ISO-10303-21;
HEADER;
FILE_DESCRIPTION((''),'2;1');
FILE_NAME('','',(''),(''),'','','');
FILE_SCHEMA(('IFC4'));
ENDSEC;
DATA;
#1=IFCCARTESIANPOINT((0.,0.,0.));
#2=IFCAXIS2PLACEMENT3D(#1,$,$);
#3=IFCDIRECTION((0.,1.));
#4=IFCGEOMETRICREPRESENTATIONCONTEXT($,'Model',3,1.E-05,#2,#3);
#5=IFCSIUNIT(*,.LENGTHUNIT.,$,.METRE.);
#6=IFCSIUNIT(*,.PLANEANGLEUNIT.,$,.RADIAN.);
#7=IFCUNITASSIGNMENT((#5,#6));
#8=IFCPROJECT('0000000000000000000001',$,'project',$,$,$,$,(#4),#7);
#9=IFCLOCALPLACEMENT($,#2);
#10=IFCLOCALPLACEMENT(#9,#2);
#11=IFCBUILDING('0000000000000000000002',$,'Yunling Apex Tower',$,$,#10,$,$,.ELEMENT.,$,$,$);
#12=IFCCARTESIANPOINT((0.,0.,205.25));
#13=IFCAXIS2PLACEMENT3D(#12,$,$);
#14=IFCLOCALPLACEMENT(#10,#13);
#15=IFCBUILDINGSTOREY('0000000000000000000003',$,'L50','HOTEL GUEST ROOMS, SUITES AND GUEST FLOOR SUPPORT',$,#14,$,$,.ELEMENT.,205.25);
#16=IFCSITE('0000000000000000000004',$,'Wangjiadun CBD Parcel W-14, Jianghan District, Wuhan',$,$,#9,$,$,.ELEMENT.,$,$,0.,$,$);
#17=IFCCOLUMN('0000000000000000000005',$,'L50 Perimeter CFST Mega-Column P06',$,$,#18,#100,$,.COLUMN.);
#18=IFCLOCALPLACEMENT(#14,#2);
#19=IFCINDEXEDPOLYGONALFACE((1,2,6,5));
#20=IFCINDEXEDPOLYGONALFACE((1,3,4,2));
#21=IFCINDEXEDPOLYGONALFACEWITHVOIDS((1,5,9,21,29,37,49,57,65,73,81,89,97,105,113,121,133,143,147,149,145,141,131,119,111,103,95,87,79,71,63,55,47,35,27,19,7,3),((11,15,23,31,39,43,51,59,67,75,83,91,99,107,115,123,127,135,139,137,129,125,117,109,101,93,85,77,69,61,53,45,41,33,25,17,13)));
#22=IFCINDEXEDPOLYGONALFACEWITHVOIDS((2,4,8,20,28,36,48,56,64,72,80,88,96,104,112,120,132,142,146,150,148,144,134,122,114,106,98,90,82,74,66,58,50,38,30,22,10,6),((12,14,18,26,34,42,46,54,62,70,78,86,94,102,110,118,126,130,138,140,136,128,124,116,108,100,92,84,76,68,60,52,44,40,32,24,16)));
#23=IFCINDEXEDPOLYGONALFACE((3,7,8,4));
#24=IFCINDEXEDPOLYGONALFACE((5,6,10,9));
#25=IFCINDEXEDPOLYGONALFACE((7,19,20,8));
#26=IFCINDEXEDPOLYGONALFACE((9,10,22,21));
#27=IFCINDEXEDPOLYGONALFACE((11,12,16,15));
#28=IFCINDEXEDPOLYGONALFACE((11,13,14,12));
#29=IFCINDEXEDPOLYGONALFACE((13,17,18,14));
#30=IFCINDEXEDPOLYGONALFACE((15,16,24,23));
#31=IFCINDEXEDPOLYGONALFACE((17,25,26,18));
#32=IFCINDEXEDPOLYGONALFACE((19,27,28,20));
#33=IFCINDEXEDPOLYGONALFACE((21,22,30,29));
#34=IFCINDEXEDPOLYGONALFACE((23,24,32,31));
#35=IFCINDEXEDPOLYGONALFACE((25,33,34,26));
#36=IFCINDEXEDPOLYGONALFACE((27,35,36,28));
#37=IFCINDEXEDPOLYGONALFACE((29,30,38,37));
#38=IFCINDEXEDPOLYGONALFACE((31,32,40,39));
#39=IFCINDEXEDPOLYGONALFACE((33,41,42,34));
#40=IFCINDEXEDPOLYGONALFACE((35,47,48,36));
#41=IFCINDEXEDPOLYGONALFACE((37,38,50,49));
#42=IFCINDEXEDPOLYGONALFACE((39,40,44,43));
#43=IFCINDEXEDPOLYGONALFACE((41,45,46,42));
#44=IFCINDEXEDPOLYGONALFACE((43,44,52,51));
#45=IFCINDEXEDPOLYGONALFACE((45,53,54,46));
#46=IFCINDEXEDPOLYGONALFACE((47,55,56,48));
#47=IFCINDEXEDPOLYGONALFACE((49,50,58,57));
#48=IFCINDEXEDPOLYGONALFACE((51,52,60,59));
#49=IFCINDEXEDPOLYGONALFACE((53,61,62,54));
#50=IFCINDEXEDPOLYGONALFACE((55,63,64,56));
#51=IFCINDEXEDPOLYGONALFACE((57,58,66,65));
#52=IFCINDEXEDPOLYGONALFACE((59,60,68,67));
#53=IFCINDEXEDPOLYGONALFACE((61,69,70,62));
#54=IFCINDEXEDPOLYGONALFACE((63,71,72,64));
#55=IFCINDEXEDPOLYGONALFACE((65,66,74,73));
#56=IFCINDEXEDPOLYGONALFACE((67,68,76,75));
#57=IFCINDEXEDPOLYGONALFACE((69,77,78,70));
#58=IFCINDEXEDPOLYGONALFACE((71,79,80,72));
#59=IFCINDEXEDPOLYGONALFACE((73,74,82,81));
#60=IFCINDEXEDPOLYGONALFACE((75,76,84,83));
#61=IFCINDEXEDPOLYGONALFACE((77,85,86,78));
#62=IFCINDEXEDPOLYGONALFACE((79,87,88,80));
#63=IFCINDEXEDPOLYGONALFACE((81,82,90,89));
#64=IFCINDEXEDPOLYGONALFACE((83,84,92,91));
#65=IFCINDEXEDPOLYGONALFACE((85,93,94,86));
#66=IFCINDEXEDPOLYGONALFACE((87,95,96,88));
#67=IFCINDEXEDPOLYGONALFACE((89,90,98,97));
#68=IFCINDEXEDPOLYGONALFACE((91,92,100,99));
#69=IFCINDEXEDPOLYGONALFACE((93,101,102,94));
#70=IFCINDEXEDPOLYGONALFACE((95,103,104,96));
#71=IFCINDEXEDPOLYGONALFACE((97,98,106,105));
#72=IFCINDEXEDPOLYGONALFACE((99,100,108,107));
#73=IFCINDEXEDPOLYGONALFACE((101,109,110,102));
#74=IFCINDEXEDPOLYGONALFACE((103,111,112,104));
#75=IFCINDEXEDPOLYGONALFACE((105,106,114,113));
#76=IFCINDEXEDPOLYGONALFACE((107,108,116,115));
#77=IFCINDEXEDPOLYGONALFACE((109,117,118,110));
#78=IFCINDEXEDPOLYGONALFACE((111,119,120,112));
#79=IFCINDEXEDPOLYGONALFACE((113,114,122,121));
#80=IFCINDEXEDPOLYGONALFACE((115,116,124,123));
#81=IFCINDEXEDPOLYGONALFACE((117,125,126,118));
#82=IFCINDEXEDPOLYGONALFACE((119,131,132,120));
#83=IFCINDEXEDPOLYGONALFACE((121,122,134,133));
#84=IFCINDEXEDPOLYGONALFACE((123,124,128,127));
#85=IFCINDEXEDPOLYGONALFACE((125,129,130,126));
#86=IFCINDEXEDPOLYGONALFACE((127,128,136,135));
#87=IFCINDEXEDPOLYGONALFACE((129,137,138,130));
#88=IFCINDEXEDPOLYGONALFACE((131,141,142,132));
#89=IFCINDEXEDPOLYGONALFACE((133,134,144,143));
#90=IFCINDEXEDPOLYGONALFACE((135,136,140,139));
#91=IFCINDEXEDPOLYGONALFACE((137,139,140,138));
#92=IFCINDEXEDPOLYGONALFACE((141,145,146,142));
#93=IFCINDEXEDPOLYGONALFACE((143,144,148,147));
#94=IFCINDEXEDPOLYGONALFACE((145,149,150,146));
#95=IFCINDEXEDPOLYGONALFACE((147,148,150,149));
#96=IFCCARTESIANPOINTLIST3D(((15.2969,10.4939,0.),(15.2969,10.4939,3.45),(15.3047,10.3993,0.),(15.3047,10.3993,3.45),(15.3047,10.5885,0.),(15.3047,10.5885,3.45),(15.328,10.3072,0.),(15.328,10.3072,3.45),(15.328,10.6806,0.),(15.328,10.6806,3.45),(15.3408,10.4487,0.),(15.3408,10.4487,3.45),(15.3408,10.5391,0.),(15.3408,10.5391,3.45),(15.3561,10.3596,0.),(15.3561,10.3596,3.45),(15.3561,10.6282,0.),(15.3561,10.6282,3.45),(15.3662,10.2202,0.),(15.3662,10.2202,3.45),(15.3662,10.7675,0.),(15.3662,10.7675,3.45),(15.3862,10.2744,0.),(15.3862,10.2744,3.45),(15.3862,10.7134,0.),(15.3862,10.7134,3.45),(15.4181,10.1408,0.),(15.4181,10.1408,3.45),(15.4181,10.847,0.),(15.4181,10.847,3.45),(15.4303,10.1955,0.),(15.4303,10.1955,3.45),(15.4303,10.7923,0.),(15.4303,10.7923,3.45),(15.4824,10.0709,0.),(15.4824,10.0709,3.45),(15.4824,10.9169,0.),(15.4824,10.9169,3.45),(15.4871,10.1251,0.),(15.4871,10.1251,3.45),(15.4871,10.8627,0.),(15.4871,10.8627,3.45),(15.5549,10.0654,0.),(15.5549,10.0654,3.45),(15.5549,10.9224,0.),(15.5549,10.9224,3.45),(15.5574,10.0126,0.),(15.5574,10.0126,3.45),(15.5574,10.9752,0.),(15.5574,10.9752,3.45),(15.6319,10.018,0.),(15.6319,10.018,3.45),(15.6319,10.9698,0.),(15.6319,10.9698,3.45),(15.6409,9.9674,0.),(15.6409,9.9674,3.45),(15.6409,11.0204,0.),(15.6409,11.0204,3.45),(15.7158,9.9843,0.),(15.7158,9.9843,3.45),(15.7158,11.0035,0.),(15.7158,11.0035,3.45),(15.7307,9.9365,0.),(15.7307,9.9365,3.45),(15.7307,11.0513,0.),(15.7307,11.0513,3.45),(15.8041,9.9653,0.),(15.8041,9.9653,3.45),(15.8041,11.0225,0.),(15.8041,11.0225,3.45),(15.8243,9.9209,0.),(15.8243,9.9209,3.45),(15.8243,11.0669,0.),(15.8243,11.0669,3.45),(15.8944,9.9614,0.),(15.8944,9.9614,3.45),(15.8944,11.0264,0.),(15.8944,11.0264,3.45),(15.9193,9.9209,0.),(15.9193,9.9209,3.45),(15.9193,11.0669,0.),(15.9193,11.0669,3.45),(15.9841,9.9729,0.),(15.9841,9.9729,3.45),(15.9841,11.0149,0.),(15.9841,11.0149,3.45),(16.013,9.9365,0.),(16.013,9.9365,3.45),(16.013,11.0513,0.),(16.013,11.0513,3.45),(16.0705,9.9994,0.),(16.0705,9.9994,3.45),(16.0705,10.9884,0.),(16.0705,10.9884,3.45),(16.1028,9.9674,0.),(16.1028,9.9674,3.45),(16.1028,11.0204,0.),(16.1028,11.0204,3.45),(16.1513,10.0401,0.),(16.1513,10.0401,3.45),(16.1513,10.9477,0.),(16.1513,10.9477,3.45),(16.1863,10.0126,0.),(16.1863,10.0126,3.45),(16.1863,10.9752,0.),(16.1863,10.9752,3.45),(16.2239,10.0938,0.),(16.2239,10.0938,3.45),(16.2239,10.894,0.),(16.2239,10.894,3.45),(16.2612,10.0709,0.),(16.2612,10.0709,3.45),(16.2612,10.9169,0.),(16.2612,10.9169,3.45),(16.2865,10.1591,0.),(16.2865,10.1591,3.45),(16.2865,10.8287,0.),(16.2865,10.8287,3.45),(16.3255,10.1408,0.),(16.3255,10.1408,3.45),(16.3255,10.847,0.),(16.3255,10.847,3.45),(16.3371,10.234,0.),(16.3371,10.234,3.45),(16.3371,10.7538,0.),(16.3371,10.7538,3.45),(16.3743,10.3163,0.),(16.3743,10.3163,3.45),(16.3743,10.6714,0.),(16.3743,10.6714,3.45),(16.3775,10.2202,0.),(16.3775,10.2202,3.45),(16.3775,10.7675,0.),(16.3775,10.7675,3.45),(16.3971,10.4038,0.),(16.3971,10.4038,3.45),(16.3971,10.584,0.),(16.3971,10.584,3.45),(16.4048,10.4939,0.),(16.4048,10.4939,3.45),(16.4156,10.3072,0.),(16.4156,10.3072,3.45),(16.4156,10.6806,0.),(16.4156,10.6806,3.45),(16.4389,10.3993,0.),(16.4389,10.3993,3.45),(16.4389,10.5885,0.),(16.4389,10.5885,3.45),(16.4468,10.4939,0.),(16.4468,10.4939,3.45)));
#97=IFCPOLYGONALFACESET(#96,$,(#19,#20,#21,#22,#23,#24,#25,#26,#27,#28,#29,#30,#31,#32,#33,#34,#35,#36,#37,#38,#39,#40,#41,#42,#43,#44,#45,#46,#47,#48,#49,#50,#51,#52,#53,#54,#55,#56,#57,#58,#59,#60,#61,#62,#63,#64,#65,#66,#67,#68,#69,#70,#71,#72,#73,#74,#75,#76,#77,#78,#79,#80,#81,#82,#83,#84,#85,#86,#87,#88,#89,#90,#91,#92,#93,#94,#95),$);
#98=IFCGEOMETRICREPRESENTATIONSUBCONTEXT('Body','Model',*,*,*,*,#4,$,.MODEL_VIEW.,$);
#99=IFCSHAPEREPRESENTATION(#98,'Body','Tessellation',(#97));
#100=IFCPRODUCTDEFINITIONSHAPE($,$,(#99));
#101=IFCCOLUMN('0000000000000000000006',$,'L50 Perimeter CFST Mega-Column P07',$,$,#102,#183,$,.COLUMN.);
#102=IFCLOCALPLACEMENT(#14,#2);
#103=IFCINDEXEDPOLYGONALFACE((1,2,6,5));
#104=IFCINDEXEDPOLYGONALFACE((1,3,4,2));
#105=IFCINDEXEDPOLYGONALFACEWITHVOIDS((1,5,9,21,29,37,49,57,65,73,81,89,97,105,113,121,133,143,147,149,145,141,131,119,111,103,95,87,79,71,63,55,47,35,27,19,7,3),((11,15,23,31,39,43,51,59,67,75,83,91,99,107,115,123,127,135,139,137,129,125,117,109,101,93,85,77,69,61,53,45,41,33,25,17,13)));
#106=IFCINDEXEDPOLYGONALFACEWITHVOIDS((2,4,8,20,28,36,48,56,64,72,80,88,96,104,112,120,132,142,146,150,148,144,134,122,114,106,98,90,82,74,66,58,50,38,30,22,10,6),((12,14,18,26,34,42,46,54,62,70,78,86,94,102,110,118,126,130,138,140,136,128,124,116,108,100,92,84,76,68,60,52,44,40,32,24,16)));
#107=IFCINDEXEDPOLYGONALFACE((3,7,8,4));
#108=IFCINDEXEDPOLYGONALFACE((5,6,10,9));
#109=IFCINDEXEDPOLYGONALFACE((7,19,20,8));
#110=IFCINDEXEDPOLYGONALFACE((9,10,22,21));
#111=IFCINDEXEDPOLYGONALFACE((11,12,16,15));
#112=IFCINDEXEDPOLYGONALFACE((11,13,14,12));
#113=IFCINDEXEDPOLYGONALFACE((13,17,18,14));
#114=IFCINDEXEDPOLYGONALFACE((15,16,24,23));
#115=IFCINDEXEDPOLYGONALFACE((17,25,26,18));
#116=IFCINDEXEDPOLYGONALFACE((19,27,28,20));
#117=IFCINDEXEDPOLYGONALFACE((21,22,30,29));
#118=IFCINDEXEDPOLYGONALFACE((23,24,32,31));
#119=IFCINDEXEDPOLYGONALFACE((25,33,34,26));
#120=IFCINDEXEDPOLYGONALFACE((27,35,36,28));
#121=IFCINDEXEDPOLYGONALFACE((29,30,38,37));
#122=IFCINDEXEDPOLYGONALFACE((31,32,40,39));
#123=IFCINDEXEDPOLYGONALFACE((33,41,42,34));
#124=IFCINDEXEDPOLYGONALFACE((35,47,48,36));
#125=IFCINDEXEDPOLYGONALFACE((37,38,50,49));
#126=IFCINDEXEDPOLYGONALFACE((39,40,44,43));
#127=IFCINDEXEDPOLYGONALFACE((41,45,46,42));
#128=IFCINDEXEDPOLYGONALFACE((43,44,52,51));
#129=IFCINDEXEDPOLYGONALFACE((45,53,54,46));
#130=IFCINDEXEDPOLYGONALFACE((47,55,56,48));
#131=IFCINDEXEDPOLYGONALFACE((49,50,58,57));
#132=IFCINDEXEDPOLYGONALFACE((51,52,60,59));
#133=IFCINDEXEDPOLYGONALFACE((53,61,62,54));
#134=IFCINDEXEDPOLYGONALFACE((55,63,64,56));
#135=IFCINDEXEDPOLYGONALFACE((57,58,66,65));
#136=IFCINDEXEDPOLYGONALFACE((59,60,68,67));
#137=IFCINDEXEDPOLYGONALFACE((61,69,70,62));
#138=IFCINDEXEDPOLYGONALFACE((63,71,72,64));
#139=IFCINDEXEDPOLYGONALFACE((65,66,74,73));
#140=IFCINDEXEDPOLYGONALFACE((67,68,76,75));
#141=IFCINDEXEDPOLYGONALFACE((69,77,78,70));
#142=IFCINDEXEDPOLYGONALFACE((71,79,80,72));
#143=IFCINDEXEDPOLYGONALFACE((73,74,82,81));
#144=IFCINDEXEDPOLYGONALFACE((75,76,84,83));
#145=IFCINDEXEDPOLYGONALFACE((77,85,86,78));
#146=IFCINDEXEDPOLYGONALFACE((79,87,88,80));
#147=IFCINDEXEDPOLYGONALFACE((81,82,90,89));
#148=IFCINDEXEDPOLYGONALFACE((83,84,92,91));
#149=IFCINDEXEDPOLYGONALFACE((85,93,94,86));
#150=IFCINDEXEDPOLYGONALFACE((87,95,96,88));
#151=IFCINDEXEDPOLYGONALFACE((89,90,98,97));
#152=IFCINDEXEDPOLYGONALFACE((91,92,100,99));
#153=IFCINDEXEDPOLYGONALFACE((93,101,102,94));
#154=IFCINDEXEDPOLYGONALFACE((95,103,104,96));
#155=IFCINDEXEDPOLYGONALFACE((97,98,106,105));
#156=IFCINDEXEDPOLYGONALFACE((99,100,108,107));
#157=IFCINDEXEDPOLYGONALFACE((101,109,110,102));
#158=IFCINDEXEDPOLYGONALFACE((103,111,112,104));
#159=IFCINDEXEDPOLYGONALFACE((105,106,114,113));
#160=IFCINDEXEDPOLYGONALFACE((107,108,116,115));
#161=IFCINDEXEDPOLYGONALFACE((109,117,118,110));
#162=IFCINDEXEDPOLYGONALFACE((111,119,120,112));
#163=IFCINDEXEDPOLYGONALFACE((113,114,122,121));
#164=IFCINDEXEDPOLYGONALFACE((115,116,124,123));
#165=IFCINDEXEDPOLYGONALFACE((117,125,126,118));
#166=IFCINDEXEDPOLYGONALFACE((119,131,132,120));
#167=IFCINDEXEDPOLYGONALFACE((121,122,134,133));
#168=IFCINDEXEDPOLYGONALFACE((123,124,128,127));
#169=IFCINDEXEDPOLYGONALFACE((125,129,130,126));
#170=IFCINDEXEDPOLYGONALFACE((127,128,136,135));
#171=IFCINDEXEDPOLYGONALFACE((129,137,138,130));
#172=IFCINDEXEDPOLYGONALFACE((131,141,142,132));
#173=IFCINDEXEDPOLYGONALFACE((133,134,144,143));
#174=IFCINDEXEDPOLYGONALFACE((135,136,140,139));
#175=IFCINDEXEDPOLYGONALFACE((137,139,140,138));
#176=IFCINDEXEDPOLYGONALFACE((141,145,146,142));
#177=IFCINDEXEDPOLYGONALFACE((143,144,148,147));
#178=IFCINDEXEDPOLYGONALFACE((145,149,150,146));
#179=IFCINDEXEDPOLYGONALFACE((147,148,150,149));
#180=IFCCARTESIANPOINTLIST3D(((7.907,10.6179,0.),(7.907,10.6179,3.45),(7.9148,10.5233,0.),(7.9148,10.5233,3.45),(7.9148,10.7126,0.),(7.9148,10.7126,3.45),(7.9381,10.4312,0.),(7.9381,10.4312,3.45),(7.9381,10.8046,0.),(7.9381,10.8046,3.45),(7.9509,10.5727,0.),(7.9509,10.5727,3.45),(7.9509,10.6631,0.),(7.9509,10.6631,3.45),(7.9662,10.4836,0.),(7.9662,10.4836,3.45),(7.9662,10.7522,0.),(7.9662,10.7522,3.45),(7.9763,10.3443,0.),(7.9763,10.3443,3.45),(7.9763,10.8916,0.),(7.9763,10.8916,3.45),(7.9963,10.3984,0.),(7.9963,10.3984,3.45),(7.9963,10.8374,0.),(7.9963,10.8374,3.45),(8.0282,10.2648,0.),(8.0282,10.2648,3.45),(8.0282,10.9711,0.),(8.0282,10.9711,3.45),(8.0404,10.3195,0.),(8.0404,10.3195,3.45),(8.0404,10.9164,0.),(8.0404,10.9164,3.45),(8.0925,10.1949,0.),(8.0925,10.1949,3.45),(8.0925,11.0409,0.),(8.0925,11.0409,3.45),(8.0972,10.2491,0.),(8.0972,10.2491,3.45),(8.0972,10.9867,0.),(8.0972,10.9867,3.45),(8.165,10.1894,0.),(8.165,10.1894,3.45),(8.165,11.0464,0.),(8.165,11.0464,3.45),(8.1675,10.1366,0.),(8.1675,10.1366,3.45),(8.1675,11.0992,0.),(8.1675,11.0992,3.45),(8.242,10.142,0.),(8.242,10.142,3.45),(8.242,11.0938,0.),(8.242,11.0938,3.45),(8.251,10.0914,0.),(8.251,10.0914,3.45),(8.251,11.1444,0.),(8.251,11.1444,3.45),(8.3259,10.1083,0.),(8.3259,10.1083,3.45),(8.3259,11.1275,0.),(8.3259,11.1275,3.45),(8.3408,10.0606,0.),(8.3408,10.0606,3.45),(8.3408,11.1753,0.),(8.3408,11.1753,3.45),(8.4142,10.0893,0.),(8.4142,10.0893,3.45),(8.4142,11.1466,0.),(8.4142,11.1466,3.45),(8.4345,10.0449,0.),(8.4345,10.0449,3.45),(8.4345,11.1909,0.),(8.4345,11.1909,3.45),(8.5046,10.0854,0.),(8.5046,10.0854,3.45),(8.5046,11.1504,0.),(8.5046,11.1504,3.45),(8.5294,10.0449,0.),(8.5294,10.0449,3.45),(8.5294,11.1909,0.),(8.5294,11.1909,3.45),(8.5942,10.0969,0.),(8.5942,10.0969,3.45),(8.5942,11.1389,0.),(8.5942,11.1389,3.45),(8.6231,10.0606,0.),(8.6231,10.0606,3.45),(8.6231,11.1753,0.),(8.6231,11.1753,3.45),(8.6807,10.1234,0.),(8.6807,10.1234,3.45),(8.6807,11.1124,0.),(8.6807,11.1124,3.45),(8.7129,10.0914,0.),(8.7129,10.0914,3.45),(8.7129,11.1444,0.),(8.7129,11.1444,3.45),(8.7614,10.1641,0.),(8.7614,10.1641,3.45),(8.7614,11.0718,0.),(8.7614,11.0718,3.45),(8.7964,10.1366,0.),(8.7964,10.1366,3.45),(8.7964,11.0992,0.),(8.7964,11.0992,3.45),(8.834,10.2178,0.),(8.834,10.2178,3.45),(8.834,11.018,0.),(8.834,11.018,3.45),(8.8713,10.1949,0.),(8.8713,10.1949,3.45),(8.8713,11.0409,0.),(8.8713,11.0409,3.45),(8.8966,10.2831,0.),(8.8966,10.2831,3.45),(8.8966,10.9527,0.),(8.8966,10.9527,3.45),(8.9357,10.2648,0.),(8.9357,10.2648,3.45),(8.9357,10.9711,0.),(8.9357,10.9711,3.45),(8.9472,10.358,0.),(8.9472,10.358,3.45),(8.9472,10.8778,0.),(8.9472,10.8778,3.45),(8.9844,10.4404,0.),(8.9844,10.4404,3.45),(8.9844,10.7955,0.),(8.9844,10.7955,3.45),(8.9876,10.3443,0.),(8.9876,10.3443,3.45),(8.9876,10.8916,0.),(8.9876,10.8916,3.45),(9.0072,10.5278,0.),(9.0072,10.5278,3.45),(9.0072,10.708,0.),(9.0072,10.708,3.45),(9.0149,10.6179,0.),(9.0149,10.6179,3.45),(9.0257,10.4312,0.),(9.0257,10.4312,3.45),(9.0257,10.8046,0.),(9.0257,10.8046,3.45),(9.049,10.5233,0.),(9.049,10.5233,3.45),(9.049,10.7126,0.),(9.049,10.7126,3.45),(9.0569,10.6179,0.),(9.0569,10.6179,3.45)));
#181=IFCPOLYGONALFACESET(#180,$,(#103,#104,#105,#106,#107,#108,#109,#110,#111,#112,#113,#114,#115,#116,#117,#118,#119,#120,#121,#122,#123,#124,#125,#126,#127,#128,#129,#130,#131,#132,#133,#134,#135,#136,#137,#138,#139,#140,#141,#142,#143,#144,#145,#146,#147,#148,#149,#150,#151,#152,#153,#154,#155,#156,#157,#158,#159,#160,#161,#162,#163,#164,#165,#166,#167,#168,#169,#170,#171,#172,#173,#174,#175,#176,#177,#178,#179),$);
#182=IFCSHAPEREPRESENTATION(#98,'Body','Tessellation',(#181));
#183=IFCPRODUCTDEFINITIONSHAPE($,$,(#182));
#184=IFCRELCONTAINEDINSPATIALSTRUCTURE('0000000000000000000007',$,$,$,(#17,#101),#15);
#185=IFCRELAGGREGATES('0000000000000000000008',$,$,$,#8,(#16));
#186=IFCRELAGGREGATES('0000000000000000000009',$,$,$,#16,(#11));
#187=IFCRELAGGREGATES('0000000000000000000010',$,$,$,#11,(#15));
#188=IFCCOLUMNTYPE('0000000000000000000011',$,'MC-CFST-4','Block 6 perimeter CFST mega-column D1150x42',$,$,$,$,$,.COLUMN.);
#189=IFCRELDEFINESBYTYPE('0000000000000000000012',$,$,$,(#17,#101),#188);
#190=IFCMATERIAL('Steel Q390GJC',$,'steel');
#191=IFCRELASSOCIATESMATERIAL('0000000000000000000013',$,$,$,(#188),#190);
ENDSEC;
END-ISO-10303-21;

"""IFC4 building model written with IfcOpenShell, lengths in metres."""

from ifc_helpers import new_model, si_unit, direction, frame, origin, origin_2d, place, context, subcontext, project, spatial, hollow_circle, extrude, source, transform, mapped, material, material_profile, profile_set, type_object, element, save


model = new_model("IFC4")

# Units and contexts
model_context = context("Model", 3, precision=1e-05, world=origin(), true_north=direction((0.0, 1.0)))
body_context = subcontext(model_context, "Body", "Model", "MODEL_VIEW")
ifc_project = project(units=[si_unit("LENGTHUNIT", "METRE"), si_unit("PLANEANGLEUNIT", "RADIAN")], contexts=[model_context])

# Site, building, storey
site_placement = place(None, origin())
site = spatial("IfcSite", under=ifc_project, at=site_placement, Name="Wangjiadun CBD Parcel W-14, Jianghan District, Wuhan", CompositionType="ELEMENT", RefElevation=0.0)
building_placement = place(site_placement, origin())
building = spatial("IfcBuilding", under=site, at=building_placement, Name="Yunling Apex Tower", CompositionType="ELEMENT")
storey_placement = place(building_placement, frame((0.0, 0.0, 205.25)))
storey = spatial("IfcBuildingStorey", under=building, at=storey_placement, Name="L50", Description="HOTEL GUEST ROOMS, SUITES AND GUEST FLOOR SUPPORT", CompositionType="ELEMENT", Elevation=205.25)

# Columns
ifc_material_1 = material(Name="Steel Q390GJC", Category="steel")
ifc_material_profile_1 = material_profile(ifc_material_1, hollow_circle(Radius=0.575, WallThickness=0.042, at=origin_2d()))
ifc_profile_set_1 = profile_set([ifc_material_profile_1], Name="Steel Q390GJC")
column_type = type_object("IfcColumnType", Name="MC-CFST-4", Description="Block 6 perimeter CFST mega-column D1150x42", PredefinedType="COLUMN", material=ifc_profile_set_1)
shared_shape_1 = source(origin(), body_context, "Body", "SweptSolid", [
    extrude(hollow_circle(Radius=0.575, WallThickness=0.042, at=origin_2d()), origin(), (0.0, 0.0, 1.0), 3.45),
])
for number, where, z_axis, x_axis, name in (
    (1, (15.8718, 10.4939, 0.0), (0.0, 0.0, 1.0), (1.0, 0.0, 0.0), "L50 Perimeter CFST Mega-Column P06"),
    (2, (8.4819, 10.6179, 0.0), (0.0, 0.0, 1.0), (1.0, 0.0, 0.0), "L50 Perimeter CFST Mega-Column P07"),
):
    element("IfcColumn", number, at=place(storey_placement, frame(where, z_axis=z_axis, x_axis=x_axis)), inside=storey, type_object=column_type, Name=name, PredefinedType="COLUMN", context=body_context, shape_type="MappedRepresentation", body=[
        mapped(shared_shape_1, transform((0.0, 0.0, 0.0), scale=1.0)),
    ])

save(model, "model.ifc")
